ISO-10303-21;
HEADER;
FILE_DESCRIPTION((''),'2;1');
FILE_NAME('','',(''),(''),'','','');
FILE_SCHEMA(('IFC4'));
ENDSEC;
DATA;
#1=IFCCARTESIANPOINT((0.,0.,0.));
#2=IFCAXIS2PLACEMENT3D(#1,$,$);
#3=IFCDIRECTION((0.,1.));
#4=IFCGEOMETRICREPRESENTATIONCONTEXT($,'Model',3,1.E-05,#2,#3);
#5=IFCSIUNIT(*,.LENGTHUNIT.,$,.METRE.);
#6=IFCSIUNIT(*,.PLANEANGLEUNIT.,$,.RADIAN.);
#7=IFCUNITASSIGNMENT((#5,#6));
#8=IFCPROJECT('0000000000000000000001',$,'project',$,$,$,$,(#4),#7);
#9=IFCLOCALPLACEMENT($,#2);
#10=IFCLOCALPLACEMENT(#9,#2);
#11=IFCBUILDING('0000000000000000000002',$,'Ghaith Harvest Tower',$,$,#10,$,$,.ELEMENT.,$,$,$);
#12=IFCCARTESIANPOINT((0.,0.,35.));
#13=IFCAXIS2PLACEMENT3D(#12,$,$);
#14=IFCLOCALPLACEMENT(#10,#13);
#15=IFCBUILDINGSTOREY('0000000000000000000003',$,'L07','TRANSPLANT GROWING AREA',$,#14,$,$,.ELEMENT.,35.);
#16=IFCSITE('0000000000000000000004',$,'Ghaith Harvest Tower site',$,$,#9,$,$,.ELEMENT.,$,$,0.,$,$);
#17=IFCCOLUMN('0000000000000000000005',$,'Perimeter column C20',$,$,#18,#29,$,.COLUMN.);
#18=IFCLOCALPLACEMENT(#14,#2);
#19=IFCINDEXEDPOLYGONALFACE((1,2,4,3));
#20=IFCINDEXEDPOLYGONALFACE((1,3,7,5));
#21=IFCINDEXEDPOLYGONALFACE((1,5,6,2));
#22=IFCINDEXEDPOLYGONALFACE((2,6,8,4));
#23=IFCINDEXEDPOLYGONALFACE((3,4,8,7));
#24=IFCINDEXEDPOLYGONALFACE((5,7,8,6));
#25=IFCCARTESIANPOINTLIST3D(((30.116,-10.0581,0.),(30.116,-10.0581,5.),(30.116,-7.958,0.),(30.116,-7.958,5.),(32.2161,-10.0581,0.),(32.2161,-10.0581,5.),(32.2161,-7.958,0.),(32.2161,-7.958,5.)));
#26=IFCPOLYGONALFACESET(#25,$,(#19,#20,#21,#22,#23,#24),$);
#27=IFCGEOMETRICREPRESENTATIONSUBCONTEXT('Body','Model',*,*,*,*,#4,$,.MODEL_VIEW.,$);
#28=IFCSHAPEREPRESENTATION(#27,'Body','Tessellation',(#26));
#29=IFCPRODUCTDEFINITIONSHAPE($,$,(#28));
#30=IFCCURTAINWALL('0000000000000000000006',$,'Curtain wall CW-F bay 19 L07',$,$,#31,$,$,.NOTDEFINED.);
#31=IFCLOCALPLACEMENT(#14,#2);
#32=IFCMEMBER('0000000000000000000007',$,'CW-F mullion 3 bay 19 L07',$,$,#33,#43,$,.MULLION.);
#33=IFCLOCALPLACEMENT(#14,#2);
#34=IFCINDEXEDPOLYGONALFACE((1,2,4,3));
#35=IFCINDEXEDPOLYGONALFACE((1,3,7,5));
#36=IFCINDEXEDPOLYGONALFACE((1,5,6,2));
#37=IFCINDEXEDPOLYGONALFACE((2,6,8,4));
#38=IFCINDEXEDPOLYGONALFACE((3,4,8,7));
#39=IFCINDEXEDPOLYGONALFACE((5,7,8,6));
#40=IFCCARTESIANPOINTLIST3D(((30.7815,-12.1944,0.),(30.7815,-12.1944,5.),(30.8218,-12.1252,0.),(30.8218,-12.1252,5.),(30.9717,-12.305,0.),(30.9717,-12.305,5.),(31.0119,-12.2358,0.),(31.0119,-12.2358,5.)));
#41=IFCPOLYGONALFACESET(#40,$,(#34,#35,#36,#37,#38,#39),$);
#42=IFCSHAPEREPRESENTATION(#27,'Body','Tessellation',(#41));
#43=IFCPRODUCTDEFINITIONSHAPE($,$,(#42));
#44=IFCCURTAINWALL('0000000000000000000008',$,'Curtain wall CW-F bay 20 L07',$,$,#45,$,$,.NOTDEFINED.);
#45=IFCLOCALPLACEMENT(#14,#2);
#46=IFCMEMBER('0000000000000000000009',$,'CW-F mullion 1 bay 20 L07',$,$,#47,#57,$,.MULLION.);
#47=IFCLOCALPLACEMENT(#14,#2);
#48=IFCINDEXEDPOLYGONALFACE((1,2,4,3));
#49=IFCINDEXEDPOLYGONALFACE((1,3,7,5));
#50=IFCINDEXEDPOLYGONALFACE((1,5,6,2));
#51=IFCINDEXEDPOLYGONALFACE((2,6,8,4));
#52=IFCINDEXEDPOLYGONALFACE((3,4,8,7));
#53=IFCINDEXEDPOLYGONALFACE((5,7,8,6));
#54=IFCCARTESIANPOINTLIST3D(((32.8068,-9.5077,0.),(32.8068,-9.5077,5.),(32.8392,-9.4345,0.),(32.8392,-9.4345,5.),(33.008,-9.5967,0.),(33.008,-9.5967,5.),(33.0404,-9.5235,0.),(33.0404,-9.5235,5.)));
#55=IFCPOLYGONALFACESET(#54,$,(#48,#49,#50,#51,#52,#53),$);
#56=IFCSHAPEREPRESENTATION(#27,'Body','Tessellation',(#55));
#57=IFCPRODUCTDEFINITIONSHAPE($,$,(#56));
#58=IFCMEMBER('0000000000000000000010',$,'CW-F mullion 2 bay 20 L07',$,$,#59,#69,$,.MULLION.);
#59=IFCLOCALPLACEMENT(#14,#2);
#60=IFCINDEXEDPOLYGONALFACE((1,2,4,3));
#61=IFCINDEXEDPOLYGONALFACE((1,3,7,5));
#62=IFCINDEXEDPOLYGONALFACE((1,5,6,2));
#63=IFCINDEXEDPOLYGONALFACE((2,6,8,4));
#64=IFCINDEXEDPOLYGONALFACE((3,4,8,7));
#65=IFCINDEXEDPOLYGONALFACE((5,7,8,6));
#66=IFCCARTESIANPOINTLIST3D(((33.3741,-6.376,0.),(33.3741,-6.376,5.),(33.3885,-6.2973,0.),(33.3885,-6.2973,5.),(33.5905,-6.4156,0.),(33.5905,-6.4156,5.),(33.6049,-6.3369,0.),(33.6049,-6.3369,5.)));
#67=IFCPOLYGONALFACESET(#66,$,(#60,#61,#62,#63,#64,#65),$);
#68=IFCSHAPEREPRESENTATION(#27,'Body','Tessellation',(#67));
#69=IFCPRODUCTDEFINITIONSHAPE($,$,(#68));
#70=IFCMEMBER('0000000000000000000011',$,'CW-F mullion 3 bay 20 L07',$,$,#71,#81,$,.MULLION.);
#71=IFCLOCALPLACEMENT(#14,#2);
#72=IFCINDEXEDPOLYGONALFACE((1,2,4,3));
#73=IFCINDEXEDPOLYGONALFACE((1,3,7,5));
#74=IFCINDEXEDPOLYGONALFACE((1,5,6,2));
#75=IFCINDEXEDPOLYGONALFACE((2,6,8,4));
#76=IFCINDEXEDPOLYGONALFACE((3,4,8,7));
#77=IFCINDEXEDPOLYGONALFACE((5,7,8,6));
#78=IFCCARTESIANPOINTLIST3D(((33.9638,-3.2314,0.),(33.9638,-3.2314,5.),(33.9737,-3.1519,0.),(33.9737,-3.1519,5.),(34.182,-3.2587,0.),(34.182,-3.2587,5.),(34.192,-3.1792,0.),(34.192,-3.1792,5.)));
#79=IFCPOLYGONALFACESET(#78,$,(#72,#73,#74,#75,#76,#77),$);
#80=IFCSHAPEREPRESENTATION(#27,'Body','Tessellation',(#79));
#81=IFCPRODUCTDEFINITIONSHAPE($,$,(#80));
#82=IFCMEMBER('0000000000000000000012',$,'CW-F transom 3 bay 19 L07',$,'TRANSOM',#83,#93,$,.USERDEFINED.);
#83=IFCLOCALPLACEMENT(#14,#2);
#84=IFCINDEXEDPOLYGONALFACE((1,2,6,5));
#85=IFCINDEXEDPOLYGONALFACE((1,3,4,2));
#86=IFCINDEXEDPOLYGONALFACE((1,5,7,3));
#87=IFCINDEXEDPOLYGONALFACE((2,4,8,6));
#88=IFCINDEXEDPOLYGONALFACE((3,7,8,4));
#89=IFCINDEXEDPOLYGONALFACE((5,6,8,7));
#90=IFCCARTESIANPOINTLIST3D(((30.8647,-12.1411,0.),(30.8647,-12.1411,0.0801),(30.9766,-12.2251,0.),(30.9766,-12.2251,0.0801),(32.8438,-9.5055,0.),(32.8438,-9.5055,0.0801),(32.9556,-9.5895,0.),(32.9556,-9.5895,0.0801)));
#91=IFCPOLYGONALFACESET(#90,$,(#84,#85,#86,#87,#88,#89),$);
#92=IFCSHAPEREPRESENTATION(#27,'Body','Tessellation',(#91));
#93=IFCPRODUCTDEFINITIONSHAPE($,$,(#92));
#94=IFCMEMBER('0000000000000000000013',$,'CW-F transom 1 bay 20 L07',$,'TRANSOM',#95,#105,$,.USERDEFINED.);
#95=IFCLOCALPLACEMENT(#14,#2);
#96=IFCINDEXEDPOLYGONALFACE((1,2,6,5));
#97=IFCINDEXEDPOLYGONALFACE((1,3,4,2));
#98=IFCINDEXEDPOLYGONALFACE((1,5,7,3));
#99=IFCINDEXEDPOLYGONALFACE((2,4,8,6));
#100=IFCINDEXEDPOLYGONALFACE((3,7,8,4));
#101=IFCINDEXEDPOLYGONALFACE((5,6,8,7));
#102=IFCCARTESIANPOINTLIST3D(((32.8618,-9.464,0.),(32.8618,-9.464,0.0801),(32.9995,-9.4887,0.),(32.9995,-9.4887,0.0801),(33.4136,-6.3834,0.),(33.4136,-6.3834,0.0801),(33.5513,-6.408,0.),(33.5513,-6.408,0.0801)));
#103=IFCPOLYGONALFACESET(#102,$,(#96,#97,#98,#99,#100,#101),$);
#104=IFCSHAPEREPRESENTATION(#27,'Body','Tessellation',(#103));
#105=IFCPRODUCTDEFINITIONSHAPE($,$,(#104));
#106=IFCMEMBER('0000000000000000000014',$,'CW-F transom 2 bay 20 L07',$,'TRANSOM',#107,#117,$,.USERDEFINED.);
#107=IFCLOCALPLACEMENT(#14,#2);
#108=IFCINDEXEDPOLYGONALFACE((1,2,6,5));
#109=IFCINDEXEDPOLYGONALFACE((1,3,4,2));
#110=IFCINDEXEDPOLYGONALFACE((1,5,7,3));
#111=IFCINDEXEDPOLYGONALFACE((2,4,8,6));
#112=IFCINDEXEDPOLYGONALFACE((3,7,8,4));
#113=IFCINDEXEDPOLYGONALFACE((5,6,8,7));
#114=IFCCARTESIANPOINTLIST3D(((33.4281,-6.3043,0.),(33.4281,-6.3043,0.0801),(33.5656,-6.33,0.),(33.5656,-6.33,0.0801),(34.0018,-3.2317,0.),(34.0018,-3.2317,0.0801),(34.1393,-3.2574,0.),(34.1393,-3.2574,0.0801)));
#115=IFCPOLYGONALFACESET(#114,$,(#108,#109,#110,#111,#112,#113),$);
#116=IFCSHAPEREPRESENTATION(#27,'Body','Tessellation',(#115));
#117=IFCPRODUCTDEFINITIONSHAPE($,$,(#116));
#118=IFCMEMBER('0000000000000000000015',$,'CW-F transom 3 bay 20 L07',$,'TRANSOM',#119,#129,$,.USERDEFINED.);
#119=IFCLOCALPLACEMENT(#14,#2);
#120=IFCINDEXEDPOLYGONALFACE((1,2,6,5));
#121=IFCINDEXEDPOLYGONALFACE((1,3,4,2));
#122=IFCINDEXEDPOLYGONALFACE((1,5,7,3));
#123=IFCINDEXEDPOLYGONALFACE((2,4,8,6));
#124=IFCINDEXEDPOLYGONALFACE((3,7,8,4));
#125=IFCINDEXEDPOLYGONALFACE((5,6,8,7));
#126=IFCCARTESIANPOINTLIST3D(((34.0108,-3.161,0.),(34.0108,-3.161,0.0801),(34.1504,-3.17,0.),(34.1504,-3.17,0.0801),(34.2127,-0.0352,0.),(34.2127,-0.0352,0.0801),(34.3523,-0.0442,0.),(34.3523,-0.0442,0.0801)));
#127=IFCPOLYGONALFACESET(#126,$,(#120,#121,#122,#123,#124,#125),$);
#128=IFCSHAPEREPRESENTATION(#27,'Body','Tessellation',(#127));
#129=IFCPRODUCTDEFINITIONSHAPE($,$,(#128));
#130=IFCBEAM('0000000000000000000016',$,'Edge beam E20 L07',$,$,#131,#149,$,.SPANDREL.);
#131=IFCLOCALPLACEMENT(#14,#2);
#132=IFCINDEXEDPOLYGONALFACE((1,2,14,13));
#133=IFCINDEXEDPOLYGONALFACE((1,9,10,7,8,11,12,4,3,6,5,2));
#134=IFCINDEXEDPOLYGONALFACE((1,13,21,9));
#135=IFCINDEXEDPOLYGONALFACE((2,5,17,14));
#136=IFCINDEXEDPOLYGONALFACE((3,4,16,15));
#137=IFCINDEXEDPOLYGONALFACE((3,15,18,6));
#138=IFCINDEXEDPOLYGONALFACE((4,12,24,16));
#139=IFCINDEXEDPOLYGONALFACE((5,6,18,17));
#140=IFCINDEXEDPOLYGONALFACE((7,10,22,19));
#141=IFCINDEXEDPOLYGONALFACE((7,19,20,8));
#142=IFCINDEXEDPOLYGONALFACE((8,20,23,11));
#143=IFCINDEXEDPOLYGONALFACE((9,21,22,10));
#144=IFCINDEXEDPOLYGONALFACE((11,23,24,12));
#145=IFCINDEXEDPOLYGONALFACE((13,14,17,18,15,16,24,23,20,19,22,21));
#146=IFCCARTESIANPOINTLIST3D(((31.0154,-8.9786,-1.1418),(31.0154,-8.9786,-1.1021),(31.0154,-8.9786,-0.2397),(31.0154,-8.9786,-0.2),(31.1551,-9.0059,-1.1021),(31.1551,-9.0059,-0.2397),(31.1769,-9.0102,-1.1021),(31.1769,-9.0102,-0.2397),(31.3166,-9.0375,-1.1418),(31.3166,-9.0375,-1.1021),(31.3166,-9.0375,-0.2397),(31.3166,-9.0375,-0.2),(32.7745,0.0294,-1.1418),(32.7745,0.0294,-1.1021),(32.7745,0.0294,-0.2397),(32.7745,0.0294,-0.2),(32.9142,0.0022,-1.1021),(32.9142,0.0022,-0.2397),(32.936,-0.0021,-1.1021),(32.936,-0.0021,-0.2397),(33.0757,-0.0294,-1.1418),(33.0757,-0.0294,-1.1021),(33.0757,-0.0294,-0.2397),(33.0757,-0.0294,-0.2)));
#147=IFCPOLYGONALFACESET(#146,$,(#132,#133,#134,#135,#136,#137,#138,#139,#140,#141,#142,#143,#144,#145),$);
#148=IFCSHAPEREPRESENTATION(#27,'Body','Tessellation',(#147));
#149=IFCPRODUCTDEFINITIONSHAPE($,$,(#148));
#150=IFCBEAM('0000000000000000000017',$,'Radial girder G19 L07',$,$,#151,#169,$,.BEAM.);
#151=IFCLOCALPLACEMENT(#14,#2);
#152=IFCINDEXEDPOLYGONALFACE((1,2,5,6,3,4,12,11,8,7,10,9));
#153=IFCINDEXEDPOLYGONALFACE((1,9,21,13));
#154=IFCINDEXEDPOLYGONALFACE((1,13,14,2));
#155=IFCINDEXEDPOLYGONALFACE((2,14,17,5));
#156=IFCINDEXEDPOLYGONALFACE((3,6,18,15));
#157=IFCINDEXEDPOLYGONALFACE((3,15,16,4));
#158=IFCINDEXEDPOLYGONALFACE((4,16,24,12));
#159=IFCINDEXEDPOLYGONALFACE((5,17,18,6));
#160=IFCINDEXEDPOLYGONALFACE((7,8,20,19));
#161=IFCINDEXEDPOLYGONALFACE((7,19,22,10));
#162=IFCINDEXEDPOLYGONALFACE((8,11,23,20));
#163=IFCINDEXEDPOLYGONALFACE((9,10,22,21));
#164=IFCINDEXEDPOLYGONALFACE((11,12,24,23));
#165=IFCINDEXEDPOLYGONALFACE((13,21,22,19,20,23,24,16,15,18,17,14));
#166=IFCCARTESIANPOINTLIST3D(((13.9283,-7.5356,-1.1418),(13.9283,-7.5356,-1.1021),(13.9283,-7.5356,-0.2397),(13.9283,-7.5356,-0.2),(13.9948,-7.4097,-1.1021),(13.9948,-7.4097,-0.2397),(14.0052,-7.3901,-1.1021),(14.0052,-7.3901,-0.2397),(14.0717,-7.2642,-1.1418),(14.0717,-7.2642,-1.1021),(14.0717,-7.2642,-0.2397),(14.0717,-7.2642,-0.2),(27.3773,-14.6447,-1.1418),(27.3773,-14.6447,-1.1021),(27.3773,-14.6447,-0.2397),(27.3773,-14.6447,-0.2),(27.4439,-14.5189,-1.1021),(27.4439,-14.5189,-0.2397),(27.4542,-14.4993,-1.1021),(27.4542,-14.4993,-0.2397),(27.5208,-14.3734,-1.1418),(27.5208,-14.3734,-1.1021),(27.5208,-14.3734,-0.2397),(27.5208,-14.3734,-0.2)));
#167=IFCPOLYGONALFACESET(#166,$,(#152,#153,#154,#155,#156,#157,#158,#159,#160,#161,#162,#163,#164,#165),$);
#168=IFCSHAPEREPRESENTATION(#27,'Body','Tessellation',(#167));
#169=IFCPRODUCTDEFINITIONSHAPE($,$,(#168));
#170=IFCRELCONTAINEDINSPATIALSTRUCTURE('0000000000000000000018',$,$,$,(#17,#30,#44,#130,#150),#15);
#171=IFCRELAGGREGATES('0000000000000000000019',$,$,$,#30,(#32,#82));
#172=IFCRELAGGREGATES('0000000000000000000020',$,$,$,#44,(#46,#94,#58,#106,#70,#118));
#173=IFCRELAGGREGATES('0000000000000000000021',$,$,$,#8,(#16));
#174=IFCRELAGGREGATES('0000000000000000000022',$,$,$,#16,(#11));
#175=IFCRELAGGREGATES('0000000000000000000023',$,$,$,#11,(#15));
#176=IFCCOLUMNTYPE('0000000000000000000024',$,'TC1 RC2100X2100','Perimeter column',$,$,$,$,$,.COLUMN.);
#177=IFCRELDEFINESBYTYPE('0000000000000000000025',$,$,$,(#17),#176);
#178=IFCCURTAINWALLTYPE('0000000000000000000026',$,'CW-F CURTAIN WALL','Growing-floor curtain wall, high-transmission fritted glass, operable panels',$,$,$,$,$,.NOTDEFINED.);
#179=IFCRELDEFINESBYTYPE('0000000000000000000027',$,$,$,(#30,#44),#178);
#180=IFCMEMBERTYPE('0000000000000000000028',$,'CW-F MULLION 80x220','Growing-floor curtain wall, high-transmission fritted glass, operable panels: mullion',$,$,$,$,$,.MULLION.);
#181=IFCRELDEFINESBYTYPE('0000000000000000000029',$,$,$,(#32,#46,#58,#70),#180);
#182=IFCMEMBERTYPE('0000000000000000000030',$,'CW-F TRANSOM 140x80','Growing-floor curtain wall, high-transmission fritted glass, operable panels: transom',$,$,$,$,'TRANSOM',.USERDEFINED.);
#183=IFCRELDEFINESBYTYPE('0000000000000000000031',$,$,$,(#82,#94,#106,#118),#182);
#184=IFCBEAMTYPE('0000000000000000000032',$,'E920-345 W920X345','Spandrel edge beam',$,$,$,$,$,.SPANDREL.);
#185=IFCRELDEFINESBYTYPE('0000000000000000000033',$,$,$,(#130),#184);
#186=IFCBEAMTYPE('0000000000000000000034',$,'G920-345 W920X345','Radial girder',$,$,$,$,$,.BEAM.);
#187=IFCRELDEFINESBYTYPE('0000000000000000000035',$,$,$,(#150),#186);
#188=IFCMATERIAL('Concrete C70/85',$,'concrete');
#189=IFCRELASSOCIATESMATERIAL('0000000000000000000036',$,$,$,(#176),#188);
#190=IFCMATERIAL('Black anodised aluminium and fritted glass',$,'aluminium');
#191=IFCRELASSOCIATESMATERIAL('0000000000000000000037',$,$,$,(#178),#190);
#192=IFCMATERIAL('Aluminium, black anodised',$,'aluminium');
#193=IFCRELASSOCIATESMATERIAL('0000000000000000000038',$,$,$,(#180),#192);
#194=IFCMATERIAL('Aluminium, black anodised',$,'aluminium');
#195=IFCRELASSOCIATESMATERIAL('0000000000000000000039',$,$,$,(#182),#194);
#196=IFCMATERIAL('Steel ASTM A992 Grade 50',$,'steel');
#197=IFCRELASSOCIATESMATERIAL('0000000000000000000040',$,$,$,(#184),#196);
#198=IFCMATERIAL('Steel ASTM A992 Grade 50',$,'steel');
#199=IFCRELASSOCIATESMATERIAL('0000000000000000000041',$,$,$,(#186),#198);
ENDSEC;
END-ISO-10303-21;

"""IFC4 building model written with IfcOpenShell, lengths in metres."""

from ifc_helpers import new_model, si_unit, direction, frame, origin, origin_2d, place, context, subcontext, project, spatial, rectangle, i_section, extrude, material, material_profile, profile_set, type_object, element, aggregate, save


model = new_model("IFC4")

# Units and contexts
model_context = context("Model", 3, precision=1e-05, world=origin(), true_north=direction((0.0, 1.0)))
body_context = subcontext(model_context, "Body", "Model", "MODEL_VIEW")
ifc_project = project(units=[si_unit("LENGTHUNIT", "METRE"), si_unit("PLANEANGLEUNIT", "RADIAN")], contexts=[model_context])

# Site, building, storey
site_placement = place(None, origin())
site = spatial("IfcSite", under=ifc_project, at=site_placement, Name="Ghaith Harvest Tower site", CompositionType="ELEMENT", RefElevation=0.0)
building_placement = place(site_placement, origin())
building = spatial("IfcBuilding", under=site, at=building_placement, Name="Ghaith Harvest Tower", CompositionType="ELEMENT")
storey_placement = place(building_placement, frame((0.0, 0.0, 35.0)))
storey = spatial("IfcBuildingStorey", under=building, at=storey_placement, Name="L07", Description="TRANSPLANT GROWING AREA", CompositionType="ELEMENT", Elevation=35.0)

# Column
ifc_material_1 = material(Name="Concrete C70/85", Category="concrete")
ifc_material_profile_1 = material_profile(ifc_material_1, rectangle(XDim=2.1001, YDim=2.1001, at=origin_2d()), Name="RC2100X2100")
ifc_profile_set_1 = profile_set([ifc_material_profile_1], Name="Concrete C70/85")
column_type = type_object("IfcColumnType", Name="TC1 RC2100X2100", Description="Perimeter column", PredefinedType="COLUMN", material=ifc_profile_set_1)
column_placement = place(storey_placement, frame((31.166, -9.0081, 0.0), z_axis=(0.0, 0.0, 1.0), x_axis=(1.0, 0.0, 0.0)))
element("IfcColumn", 1, at=column_placement, inside=storey, type_object=column_type, Name="Perimeter column C20", PredefinedType="COLUMN", context=body_context, shape_type="SweptSolid", body=[
    extrude(rectangle(XDim=2.1001, YDim=2.1001, at=origin_2d()), origin(), (0.0, 0.0, 1.0), 5.0),
])

# Curtain wall, member
ifc_material_2 = material(Name="Black anodised aluminium and fritted glass", Category="aluminium")
curtain_wall_type = type_object("IfcCurtainWallType", Name="CW-F CURTAIN WALL", Description="Growing-floor curtain wall, high-transmission fritted glass, operable panels", PredefinedType="NOTDEFINED", material=ifc_material_2)
curtain_wall_1_placement = place(storey_placement, origin())
curtain_wall_1 = element("IfcCurtainWall", 2, at=curtain_wall_1_placement, inside=storey, type_object=curtain_wall_type, Name="Curtain wall CW-F bay 19 L07", PredefinedType="NOTDEFINED")
ifc_material_3 = material(Name="Aluminium, black anodised", Category="aluminium")
ifc_material_profile_2 = material_profile(ifc_material_3, rectangle(XDim=0.0801, YDim=0.22, at=origin_2d()), Name="CW-F MULLION 80x220")
ifc_profile_set_2 = profile_set([ifc_material_profile_2], Name="Aluminium, black anodised")
member_type_1 = type_object("IfcMemberType", Name="CW-F MULLION 80x220", Description="Growing-floor curtain wall, high-transmission fritted glass, operable panels: mullion", PredefinedType="MULLION", material=ifc_profile_set_2)
member_1_placement = place(storey_placement, frame((30.8967, -12.2151, 0.0), z_axis=(0.0, 0.0, 1.0), x_axis=(0.502795, 0.864406, 0.0)))
member_1 = element("IfcMember", 3, at=member_1_placement, type_object=member_type_1, Name="CW-F mullion 3 bay 19 L07", PredefinedType="MULLION", context=body_context, shape_type="SweptSolid", body=[
    extrude(rectangle(XDim=0.0801, YDim=0.22, at=origin_2d()), origin(), (0.0, 0.0, 1.0), 5.0),
])

# Curtain wall, members
curtain_wall_2_placement = place(storey_placement, origin())
curtain_wall_2 = element("IfcCurtainWall", 4, at=curtain_wall_2_placement, inside=storey, type_object=curtain_wall_type, Name="Curtain wall CW-F bay 20 L07", PredefinedType="NOTDEFINED")
member_2_placement = place(storey_placement, frame((32.9236, -9.5156, 0.0), z_axis=(0.0, 0.0, 1.0), x_axis=(0.404702, 0.914449, 0.0)))
member_2 = element("IfcMember", 5, at=member_2_placement, type_object=member_type_1, Name="CW-F mullion 1 bay 20 L07", PredefinedType="MULLION", context=body_context, shape_type="SweptSolid", body=[
    extrude(rectangle(XDim=0.0801, YDim=0.22, at=origin_2d()), origin(), (0.0, 0.0, 1.0), 5.0),
])
member_3_placement = place(storey_placement, frame((33.4895, -6.3564, 0.0), z_axis=(0.0, 0.0, 1.0), x_axis=(0.179943, 0.983677, 0.0)))
member_3 = element("IfcMember", 6, at=member_3_placement, type_object=member_type_1, Name="CW-F mullion 2 bay 20 L07", PredefinedType="MULLION", context=body_context, shape_type="SweptSolid", body=[
    extrude(rectangle(XDim=0.0801, YDim=0.22, at=origin_2d()), origin(), (0.0, 0.0, 1.0), 5.0),
])
member_4_placement = place(storey_placement, frame((34.0779, -3.2053, 0.0), z_axis=(0.0, 0.0, 1.0), x_axis=(0.12417, 0.992261, 0.0)))
member_4 = element("IfcMember", 7, at=member_4_placement, type_object=member_type_1, Name="CW-F mullion 3 bay 20 L07", PredefinedType="MULLION", context=body_context, shape_type="SweptSolid", body=[
    extrude(rectangle(XDim=0.0801, YDim=0.22, at=origin_2d()), origin(), (0.0, 0.0, 1.0), 5.0),
])

# Members
ifc_material_4 = material(Name="Aluminium, black anodised", Category="aluminium")
ifc_material_profile_3 = material_profile(ifc_material_4, rectangle(XDim=0.1399, YDim=0.0801, at=origin_2d()), Name="CW-F TRANSOM 140x80")
ifc_profile_set_3 = profile_set([ifc_material_profile_3], Name="Aluminium, black anodised")
member_type_2 = type_object("IfcMemberType", Name="CW-F TRANSOM 140x80", Description="Growing-floor curtain wall, high-transmission fritted glass, operable panels: transom", ElementType="TRANSOM", PredefinedType="USERDEFINED", material=ifc_profile_set_3)
member_5_placement = place(storey_placement, frame((30.9207, -12.1831, 0.04), z_axis=(0.600462, 0.799653, 0.0), x_axis=(-0.799653, 0.600462, 0.0)))
member_5 = element("IfcMember", 8, at=member_5_placement, type_object=member_type_2, Name="CW-F transom 3 bay 19 L07", ObjectType="TRANSOM", PredefinedType="USERDEFINED", context=body_context, shape_type="SweptSolid", body=[
    extrude(rectangle(XDim=0.1399, YDim=0.0801, at=origin_2d()), origin(), (0.0, 0.0, 1.0), 3.2959),
])
member_6_placement = place(storey_placement, frame((32.9307, -9.4763, 0.04), z_axis=(0.176304, 0.984336, 0.0), x_axis=(-0.984336, 0.176304, 0.0)))
member_6 = element("IfcMember", 9, at=member_6_placement, type_object=member_type_2, Name="CW-F transom 1 bay 20 L07", ObjectType="TRANSOM", PredefinedType="USERDEFINED", context=body_context, shape_type="SweptSolid", body=[
    extrude(rectangle(XDim=0.1399, YDim=0.0801, at=origin_2d()), origin(), (0.0, 0.0, 1.0), 3.1296),
])
member_7_placement = place(storey_placement, frame((33.4968, -6.3171, 0.04), z_axis=(0.183557, 0.983009, 0.0), x_axis=(-0.983009, 0.183557, 0.0)))
member_7 = element("IfcMember", 10, at=member_7_placement, type_object=member_type_2, Name="CW-F transom 2 bay 20 L07", ObjectType="TRANSOM", PredefinedType="USERDEFINED", context=body_context, shape_type="SweptSolid", body=[
    extrude(rectangle(XDim=0.1399, YDim=0.0801, at=origin_2d()), origin(), (0.0, 0.0, 1.0), 3.1257),
])
member_8_placement = place(storey_placement, frame((34.0806, -3.1655, 0.04), z_axis=(0.06446, 0.99792, 0.0), x_axis=(-0.99792, 0.06446, 0.0)))
member_8 = element("IfcMember", 11, at=member_8_placement, type_object=member_type_2, Name="CW-F transom 3 bay 20 L07", ObjectType="TRANSOM", PredefinedType="USERDEFINED", context=body_context, shape_type="SweptSolid", body=[
    extrude(rectangle(XDim=0.1399, YDim=0.0801, at=origin_2d()), origin(), (0.0, 0.0, 1.0), 3.1323),
])

# Beams
ifc_material_5 = material(Name="Steel ASTM A992 Grade 50", Category="steel")
ifc_material_profile_4 = material_profile(ifc_material_5, i_section(OverallWidth=0.3069, OverallDepth=0.9419, WebThickness=0.0222, FlangeThickness=0.0398, at=origin_2d()), Name="W920X345")
ifc_profile_set_4 = profile_set([ifc_material_profile_4], Name="Steel ASTM A992 Grade 50")
beam_type_1 = type_object("IfcBeamType", Name="E920-345 W920X345", Description="Spandrel edge beam", PredefinedType="SPANDREL", material=ifc_profile_set_4)
beam_1_placement = place(storey_placement, frame((31.166, -9.0081, -0.6709), z_axis=(0.191653, 0.981463, 0.0), x_axis=(-0.981463, 0.191653, 0.0)))
element("IfcBeam", 12, at=beam_1_placement, inside=storey, type_object=beam_type_1, Name="Edge beam E20 L07", PredefinedType="SPANDREL", context=body_context, shape_type="SweptSolid", body=[
    extrude(i_section(OverallWidth=0.3069, OverallDepth=0.9419, WebThickness=0.0222, FlangeThickness=0.0398, at=origin_2d()), origin(), (0.0, 0.0, 1.0), 9.1782),
])
ifc_material_6 = material(Name="Steel ASTM A992 Grade 50", Category="steel")
ifc_material_profile_5 = material_profile(ifc_material_6, i_section(OverallWidth=0.3069, OverallDepth=0.9419, WebThickness=0.0222, FlangeThickness=0.0398, at=origin_2d()), Name="W920X345")
ifc_profile_set_5 = profile_set([ifc_material_profile_5], Name="Steel ASTM A992 Grade 50")
beam_type_2 = type_object("IfcBeamType", Name="G920-345 W920X345", Description="Radial girder", PredefinedType="BEAM", material=ifc_profile_set_5)
beam_2_placement = place(storey_placement, frame((14.0, -7.3999, -0.6709), z_axis=(0.884084, -0.467327, 0.0), x_axis=(0.467327, 0.884084, 0.0)))
element("IfcBeam", 13, at=beam_2_placement, inside=storey, type_object=beam_type_2, Name="Radial girder G19 L07", PredefinedType="BEAM", context=body_context, shape_type="SweptSolid", body=[
    extrude(i_section(OverallWidth=0.3069, OverallDepth=0.9419, WebThickness=0.0222, FlangeThickness=0.0398, at=origin_2d()), origin(), (0.0, 0.0, 1.0), 15.2124),
])

aggregate(curtain_wall_1, [member_1, member_5])
aggregate(curtain_wall_2, [member_2, member_6, member_3, member_7, member_4, member_8])

save(model, "model.ifc")
